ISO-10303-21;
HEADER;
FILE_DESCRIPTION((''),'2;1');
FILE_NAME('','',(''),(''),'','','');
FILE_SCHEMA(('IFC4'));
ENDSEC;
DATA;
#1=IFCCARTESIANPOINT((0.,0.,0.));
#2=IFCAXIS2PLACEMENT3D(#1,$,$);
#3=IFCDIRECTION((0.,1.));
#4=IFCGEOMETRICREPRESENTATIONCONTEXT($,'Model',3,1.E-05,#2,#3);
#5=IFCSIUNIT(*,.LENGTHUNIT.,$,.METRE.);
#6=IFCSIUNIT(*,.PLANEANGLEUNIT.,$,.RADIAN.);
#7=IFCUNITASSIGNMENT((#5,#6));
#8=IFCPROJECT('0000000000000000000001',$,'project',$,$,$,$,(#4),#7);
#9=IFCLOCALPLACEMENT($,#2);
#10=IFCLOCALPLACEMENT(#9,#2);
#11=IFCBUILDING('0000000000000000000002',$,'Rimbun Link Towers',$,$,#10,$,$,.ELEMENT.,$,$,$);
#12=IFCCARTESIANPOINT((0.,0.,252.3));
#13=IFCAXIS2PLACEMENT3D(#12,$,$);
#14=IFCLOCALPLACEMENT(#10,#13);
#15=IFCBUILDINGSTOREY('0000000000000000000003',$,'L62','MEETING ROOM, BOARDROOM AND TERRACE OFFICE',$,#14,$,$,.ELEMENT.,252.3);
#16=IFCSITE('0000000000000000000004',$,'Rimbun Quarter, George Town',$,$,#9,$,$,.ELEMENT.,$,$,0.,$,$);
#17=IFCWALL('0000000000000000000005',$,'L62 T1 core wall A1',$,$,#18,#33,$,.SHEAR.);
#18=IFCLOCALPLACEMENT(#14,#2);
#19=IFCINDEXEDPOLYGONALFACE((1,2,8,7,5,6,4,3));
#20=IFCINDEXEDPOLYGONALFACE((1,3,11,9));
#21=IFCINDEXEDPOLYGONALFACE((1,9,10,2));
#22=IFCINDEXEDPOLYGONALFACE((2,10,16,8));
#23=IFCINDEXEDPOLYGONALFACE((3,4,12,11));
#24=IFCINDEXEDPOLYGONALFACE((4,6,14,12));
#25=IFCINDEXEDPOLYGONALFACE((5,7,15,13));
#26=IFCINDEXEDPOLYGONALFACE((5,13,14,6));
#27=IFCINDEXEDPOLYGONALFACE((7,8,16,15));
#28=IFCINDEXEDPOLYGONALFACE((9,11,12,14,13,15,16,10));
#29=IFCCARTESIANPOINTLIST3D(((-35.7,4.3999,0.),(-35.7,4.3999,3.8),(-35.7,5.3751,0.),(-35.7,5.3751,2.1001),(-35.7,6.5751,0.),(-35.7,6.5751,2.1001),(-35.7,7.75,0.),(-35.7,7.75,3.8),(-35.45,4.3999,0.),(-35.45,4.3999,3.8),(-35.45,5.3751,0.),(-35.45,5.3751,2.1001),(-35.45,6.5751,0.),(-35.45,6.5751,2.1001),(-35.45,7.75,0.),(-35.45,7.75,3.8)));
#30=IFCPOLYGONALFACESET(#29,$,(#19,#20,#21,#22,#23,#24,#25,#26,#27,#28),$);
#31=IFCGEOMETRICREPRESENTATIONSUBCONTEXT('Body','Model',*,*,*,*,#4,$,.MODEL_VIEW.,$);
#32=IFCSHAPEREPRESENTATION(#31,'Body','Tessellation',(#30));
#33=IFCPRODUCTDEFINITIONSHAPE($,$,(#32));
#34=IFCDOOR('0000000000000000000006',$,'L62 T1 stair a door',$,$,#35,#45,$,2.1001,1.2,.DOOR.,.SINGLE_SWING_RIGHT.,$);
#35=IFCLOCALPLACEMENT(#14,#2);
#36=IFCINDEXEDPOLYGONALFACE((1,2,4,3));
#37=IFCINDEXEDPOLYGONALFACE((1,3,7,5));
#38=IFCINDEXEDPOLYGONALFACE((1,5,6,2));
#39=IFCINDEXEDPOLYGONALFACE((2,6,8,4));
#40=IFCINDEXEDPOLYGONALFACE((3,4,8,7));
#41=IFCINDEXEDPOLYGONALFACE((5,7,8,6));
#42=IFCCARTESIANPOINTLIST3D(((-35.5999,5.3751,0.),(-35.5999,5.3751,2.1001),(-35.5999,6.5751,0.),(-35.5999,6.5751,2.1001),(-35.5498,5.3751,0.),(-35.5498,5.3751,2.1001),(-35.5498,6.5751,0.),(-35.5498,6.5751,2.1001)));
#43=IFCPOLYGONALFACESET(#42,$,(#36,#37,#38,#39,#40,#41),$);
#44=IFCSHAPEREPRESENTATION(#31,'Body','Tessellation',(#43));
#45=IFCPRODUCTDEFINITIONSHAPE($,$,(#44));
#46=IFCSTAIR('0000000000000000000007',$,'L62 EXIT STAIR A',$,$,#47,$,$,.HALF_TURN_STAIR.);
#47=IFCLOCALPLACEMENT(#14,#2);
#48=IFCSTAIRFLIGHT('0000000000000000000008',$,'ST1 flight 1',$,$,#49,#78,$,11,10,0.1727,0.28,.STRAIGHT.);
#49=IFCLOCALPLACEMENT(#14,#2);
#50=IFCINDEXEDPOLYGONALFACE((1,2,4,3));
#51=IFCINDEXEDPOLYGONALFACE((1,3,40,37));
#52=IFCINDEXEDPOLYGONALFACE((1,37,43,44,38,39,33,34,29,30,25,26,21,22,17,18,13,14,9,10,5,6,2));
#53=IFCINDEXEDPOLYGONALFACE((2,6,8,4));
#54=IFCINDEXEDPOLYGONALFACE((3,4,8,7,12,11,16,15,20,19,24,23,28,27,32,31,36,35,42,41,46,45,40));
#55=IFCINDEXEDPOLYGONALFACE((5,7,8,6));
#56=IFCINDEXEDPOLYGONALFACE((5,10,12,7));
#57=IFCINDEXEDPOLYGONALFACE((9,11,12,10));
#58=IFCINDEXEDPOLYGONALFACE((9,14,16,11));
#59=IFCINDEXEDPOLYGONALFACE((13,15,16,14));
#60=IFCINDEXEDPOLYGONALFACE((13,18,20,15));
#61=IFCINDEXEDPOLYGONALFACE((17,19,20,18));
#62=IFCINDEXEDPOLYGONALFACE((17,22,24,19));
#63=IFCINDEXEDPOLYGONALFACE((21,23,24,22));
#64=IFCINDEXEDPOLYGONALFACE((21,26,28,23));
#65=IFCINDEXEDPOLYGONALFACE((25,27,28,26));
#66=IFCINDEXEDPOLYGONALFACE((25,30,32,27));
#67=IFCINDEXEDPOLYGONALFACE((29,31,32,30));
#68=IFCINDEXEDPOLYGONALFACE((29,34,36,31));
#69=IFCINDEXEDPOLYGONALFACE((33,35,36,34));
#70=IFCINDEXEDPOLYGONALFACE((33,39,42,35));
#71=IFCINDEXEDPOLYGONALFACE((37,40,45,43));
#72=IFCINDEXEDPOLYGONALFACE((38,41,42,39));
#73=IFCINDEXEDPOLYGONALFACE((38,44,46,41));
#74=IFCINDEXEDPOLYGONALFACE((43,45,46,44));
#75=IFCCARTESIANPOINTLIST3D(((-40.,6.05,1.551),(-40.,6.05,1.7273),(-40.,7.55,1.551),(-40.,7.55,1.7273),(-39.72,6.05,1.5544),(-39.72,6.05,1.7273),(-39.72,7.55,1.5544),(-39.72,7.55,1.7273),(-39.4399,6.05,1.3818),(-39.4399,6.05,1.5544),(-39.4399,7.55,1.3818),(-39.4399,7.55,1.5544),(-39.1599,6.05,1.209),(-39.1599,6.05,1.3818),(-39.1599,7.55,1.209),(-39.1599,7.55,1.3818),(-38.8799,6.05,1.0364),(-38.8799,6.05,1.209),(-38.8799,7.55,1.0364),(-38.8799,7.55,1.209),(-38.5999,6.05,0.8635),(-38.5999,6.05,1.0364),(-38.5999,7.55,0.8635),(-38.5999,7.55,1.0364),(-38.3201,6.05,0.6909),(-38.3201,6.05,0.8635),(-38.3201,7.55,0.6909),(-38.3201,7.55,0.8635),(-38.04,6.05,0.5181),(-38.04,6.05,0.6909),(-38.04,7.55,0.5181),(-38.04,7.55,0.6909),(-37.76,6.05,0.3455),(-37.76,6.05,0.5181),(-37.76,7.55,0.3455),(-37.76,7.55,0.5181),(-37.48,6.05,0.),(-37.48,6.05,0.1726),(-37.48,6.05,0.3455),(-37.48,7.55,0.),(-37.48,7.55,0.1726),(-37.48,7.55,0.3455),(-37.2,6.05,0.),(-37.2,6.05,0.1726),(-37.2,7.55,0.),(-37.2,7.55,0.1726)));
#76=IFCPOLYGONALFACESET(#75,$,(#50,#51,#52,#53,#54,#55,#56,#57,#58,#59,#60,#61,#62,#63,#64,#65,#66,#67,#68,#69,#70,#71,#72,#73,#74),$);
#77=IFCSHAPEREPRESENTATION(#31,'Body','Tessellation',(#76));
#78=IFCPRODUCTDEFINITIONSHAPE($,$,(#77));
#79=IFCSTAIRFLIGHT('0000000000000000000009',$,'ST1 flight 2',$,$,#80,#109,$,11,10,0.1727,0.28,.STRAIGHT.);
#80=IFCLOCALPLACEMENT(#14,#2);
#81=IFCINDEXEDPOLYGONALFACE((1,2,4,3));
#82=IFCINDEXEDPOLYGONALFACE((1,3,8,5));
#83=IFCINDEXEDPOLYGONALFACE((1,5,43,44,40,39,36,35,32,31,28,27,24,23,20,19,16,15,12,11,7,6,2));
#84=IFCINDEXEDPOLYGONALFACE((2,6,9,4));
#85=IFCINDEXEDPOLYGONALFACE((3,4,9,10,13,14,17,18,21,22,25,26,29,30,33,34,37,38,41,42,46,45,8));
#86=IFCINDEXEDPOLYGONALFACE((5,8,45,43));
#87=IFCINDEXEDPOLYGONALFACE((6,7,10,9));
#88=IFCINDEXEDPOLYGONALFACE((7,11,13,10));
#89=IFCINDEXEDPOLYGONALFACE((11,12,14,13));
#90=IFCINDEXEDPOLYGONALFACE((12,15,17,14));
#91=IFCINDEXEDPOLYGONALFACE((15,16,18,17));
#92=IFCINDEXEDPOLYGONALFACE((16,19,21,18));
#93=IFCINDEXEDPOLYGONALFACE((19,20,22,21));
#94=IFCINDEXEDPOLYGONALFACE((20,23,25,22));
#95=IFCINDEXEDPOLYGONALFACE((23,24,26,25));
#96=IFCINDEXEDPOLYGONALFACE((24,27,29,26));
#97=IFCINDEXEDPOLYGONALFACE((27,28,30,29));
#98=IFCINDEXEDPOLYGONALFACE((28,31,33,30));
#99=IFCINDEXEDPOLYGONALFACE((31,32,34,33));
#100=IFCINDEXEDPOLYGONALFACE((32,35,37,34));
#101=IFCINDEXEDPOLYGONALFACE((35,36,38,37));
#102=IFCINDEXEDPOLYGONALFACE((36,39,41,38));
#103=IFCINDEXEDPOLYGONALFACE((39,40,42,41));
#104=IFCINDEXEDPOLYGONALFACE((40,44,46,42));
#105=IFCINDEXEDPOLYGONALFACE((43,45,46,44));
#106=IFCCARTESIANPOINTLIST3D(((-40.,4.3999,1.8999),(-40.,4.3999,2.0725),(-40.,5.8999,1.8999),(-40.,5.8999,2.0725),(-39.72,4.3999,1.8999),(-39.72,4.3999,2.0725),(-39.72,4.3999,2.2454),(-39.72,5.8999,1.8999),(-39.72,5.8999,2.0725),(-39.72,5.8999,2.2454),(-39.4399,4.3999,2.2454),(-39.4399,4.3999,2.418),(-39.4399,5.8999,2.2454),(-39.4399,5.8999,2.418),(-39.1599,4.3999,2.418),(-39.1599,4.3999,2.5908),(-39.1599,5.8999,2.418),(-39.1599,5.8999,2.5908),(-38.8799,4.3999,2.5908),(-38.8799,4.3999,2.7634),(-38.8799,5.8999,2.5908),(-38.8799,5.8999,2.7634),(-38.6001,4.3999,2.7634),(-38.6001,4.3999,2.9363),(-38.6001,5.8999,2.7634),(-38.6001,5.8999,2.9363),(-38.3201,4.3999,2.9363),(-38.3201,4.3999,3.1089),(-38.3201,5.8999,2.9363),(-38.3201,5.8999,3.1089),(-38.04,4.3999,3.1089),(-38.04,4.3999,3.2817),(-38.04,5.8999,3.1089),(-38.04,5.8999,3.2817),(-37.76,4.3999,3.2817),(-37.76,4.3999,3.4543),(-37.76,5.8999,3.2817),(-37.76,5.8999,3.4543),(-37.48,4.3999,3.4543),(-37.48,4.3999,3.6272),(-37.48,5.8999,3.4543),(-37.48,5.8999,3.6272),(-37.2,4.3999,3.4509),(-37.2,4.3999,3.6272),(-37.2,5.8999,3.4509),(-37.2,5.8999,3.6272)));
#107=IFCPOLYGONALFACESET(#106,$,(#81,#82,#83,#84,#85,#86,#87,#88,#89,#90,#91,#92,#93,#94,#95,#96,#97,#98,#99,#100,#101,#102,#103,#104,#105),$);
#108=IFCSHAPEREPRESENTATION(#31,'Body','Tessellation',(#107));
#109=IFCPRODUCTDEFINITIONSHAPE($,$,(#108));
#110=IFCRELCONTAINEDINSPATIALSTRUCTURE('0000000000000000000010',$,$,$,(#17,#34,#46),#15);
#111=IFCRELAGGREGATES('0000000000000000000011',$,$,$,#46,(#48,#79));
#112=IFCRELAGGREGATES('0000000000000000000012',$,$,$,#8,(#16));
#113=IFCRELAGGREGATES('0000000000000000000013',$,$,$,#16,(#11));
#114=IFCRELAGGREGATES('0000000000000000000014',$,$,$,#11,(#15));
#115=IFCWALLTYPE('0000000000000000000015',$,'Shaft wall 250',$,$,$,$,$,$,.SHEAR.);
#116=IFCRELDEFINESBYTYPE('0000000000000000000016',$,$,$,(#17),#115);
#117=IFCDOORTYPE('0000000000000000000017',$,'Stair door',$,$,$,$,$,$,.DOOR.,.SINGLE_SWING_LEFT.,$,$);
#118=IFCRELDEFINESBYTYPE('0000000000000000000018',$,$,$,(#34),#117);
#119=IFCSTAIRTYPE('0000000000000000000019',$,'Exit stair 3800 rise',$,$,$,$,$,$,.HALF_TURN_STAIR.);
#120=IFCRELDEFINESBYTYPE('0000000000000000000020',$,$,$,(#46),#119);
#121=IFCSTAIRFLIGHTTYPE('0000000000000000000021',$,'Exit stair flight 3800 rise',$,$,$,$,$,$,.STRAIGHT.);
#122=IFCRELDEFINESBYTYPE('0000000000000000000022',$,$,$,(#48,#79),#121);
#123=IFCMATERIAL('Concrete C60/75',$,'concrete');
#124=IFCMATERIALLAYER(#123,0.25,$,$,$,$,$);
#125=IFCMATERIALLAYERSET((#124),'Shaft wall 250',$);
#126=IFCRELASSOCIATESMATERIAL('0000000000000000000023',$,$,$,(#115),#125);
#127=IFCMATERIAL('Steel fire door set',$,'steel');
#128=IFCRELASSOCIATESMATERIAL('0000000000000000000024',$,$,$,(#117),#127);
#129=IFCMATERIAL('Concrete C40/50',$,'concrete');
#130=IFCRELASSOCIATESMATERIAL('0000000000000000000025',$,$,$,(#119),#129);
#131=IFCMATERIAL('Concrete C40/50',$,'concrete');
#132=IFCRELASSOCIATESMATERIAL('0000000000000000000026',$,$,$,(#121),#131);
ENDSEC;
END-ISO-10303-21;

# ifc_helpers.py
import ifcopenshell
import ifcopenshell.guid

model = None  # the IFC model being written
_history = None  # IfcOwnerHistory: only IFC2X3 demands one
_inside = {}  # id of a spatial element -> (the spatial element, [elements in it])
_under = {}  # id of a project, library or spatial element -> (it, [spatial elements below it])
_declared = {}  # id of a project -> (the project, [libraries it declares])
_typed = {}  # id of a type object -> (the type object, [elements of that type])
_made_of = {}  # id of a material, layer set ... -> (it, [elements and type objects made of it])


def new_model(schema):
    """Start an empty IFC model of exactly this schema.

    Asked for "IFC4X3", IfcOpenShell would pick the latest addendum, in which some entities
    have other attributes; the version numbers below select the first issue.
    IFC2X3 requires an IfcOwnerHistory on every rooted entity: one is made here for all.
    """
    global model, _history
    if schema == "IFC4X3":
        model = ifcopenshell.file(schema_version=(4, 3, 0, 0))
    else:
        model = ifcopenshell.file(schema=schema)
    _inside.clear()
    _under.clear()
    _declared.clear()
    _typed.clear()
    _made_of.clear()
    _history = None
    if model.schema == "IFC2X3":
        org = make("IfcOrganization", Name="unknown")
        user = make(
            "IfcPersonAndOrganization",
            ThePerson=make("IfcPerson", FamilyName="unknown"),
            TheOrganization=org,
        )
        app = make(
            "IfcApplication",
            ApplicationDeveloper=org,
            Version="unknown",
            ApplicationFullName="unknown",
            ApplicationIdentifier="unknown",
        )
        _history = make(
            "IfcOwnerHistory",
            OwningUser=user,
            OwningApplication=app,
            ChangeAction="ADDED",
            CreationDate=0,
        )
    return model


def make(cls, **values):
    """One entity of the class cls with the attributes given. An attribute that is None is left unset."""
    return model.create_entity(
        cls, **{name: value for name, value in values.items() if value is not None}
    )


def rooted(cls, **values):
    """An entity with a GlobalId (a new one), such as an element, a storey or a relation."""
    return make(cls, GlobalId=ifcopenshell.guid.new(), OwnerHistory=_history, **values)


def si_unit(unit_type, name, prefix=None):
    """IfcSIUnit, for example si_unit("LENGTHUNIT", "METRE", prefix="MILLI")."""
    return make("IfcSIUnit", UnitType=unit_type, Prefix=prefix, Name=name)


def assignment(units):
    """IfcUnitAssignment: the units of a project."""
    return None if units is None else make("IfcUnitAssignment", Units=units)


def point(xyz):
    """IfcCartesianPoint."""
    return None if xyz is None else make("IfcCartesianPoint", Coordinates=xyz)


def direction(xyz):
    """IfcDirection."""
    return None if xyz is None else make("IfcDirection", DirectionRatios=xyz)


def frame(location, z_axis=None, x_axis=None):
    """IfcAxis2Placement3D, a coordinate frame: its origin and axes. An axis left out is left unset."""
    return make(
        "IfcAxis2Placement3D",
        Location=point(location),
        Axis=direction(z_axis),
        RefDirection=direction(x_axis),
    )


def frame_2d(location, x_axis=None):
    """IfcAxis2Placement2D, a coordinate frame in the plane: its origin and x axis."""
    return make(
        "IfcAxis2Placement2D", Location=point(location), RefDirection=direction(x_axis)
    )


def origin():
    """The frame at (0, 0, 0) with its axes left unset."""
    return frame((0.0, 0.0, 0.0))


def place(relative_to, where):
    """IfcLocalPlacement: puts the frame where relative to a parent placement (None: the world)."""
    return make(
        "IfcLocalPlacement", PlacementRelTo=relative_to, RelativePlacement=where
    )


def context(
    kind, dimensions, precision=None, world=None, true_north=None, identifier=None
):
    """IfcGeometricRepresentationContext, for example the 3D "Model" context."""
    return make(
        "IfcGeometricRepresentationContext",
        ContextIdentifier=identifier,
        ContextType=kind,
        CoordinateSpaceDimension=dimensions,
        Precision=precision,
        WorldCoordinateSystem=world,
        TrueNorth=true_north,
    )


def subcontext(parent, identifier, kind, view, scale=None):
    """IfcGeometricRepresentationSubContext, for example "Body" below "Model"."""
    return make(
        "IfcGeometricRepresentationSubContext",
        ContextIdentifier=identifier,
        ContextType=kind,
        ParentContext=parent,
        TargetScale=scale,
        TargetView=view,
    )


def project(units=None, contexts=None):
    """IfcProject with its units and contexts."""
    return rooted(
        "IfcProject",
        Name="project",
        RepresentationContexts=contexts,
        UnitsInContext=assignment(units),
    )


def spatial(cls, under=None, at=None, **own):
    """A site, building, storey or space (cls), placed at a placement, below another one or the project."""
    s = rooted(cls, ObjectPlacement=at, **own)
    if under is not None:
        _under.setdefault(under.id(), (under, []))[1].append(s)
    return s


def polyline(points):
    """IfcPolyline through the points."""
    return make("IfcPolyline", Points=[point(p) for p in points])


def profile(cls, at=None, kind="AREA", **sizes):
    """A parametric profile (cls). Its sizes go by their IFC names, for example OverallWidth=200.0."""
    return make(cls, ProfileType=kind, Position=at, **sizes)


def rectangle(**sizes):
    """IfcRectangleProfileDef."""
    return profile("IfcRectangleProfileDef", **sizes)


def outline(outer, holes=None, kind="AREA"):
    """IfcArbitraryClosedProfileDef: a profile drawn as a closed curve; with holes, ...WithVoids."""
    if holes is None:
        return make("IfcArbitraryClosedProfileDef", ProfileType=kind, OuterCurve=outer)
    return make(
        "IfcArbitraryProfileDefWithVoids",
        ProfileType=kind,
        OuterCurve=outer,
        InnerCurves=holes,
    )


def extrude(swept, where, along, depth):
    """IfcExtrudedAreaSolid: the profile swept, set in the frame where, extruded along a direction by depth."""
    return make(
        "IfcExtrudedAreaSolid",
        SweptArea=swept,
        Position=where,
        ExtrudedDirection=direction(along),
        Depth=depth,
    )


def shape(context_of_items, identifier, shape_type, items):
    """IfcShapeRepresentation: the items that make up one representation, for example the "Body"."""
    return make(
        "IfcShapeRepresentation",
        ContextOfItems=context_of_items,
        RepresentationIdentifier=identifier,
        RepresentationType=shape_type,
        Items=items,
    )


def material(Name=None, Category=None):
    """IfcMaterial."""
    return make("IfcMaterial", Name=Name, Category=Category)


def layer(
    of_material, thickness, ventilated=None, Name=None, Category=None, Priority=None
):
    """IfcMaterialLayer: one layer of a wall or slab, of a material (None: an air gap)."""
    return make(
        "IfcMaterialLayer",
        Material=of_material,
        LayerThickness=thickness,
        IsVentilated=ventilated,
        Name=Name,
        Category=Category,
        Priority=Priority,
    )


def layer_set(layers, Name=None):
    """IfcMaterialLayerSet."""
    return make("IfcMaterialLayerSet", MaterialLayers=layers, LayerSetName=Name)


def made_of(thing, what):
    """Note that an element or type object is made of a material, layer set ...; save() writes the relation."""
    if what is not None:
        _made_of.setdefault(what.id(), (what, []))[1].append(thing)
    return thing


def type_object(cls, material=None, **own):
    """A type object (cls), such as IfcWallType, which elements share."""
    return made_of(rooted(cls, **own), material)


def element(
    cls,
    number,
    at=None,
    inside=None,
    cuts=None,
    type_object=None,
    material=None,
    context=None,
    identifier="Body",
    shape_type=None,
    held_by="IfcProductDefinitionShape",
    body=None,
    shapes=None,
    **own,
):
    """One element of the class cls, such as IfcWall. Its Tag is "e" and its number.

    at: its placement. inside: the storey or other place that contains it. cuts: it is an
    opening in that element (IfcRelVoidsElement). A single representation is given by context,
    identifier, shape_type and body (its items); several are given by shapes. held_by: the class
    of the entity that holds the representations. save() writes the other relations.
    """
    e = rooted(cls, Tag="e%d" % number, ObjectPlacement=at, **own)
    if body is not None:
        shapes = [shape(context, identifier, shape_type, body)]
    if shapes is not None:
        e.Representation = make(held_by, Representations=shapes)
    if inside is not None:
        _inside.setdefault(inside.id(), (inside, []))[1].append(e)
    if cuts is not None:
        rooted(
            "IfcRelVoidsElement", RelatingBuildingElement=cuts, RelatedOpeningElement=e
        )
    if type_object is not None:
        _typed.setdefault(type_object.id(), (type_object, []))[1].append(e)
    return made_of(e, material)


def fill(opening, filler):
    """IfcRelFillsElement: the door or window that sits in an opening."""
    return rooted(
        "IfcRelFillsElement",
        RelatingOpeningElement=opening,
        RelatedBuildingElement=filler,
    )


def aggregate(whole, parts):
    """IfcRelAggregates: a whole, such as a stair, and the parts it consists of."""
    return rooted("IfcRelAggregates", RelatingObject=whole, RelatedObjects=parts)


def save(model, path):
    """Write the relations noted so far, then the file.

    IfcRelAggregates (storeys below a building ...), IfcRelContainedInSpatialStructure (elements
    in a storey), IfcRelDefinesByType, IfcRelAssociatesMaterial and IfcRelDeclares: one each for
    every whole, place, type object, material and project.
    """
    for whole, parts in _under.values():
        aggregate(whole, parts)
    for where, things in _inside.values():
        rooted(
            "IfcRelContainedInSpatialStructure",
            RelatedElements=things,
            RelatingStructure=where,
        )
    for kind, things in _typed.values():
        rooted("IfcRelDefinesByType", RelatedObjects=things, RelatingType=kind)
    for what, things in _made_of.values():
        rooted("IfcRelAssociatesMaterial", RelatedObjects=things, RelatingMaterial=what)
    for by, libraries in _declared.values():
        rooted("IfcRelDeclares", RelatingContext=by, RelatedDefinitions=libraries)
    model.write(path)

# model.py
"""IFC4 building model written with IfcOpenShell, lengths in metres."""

from ifc_helpers import new_model, si_unit, direction, frame, frame_2d, origin, place, context, subcontext, project, spatial, polyline, rectangle, outline, extrude, material, layer, layer_set, type_object, element, fill, aggregate, save


model = new_model("IFC4")

# Units and contexts
model_context = context("Model", 3, precision=1e-05, world=origin(), true_north=direction((0.0, 1.0)))
body_context = subcontext(model_context, "Body", "Model", "MODEL_VIEW")
ifc_project = project(units=[si_unit("LENGTHUNIT", "METRE"), si_unit("PLANEANGLEUNIT", "RADIAN")], contexts=[model_context])

# Site, building, storey
site_placement = place(None, origin())
site = spatial("IfcSite", under=ifc_project, at=site_placement, Name="Rimbun Quarter, George Town", CompositionType="ELEMENT", RefElevation=0.0)
building_placement = place(site_placement, origin())
building = spatial("IfcBuilding", under=site, at=building_placement, Name="Rimbun Link Towers", CompositionType="ELEMENT")
storey_placement = place(building_placement, frame((0.0, 0.0, 252.3)))
storey = spatial("IfcBuildingStorey", under=building, at=storey_placement, Name="L62", Description="MEETING ROOM, BOARDROOM AND TERRACE OFFICE", CompositionType="ELEMENT", Elevation=252.3)

# Shared definitions
ifc_material_1 = material(Name="Concrete C60/75", Category="concrete")
ifc_layer = layer(ifc_material_1, 0.25)
ifc_layer_set = layer_set([ifc_layer], Name="Shaft wall 250")
wall_type = type_object("IfcWallType", Name="Shaft wall 250", PredefinedType="SHEAR", material=ifc_layer_set)

# Wall, opening, door
wall_1_placement = place(storey_placement, frame((-35.575, 4.3999, 0.0), z_axis=(0.0, 0.0, 1.0), x_axis=(0.0, 1.0, 0.0)))
wall_1 = element("IfcWall", 1, at=wall_1_placement, inside=storey, type_object=wall_type, Name="L62 T1 core wall A1", PredefinedType="SHEAR", context=body_context, shape_type="SweptSolid", body=[
    extrude(rectangle(XDim=3.3501, YDim=0.25, at=frame_2d((1.675, 0.0))), origin(), (0.0, 0.0, 1.0), 3.8),
])
opening_1_placement = place(wall_1_placement, frame((0.9751, 0.0, 0.0)))
opening_1 = element("IfcOpeningElement", 2, at=opening_1_placement, cuts=wall_1, PredefinedType="OPENING", context=body_context, shape_type="SweptSolid", body=[
    extrude(rectangle(XDim=1.2, YDim=2.1001, at=frame_2d((0.6001, 1.05))), frame((0.0, 0.135, 0.0), z_axis=(0.0, -1.0, 0.0), x_axis=(1.0, 0.0, 0.0)), (0.0, 0.0, 1.0), 0.27),
])
ifc_material_2 = material(Name="Steel fire door set", Category="steel")
door_type_1 = type_object("IfcDoorType", Name="Stair door", OperationType="SINGLE_SWING_LEFT", PredefinedType="DOOR", material=ifc_material_2)
door_1_placement = place(opening_1_placement, origin())
door_1 = element("IfcDoor", 3, at=door_1_placement, inside=storey, type_object=door_type_1, Name="L62 T1 stair a door", OperationType="SINGLE_SWING_RIGHT", OverallHeight=2.1001, OverallWidth=1.2, PredefinedType="DOOR", context=body_context, shape_type="SweptSolid", body=[
    extrude(rectangle(XDim=1.2, YDim=2.1001, at=frame_2d((0.6001, 1.05))), frame((0.0, 0.0249, 0.0), z_axis=(0.0, -1.0, 0.0), x_axis=(1.0, 0.0, 0.0)), (0.0, 0.0, 1.0), 0.05),
])
fill(opening_1, door_1)

# Stair, stair flights
ifc_material_3 = material(Name="Concrete C40/50", Category="concrete")
stair_type = type_object("IfcStairType", Name="Exit stair 3800 rise", PredefinedType="HALF_TURN_STAIR", material=ifc_material_3)
stair_placement = place(storey_placement, origin())
stair = element("IfcStair", 4, at=stair_placement, inside=storey, type_object=stair_type, Name="L62 EXIT STAIR A", PredefinedType="HALF_TURN_STAIR")
ifc_material_4 = material(Name="Concrete C40/50", Category="concrete")
stair_flight_type = type_object("IfcStairFlightType", Name="Exit stair flight 3800 rise", PredefinedType="STRAIGHT", material=ifc_material_4)
stair_flight_1_placement = place(storey_placement, frame((-37.2, 6.8, 0.0), z_axis=(0.0, 0.0, 1.0), x_axis=(-1.0, 0.0, 0.0)))
stair_flight_1 = element("IfcStairFlight", 5, at=stair_flight_1_placement, type_object=stair_flight_type, Name="ST1 flight 1", NumberOfRisers=11, NumberOfTreads=10, PredefinedType="STRAIGHT", RiserHeight=0.1727, TreadLength=0.28, context=body_context, shape_type="SweptSolid", body=[
    extrude(outline(polyline([(0.0, 0.0), (0.0, 0.1726), (0.28, 0.1726), (0.28, 0.3455), (0.5601, 0.3455), (0.5601, 0.5181), (0.8401, 0.5181), (0.8401, 0.6909), (1.1201, 0.6909), (1.1201, 0.8635), (1.3999, 0.8635), (1.3999, 1.0364), (1.6799, 1.0364), (1.6799, 1.209), (1.96, 1.209), (1.96, 1.3818), (2.24, 1.3818), (2.24, 1.5544), (2.52, 1.5544), (2.52, 1.7273), (2.8, 1.7273), (2.8, 1.8999), (2.8, 1.551), (0.28, 0.0), (0.0, 0.0)])), frame((0.0, 0.75, 0.0), z_axis=(0.0, -1.0, 0.0), x_axis=(1.0, 0.0, 0.0)), (0.0, 0.0, 1.0), 1.5),
])
stair_flight_2_placement = place(storey_placement, frame((-40.0, 5.1499, 1.8999), z_axis=(0.0, 0.0, 1.0), x_axis=(1.0, 0.0, 0.0)))
stair_flight_2 = element("IfcStairFlight", 6, at=stair_flight_2_placement, type_object=stair_flight_type, Name="ST1 flight 2", NumberOfRisers=11, NumberOfTreads=10, PredefinedType="STRAIGHT", RiserHeight=0.1727, TreadLength=0.28, context=body_context, shape_type="SweptSolid", body=[
    extrude(outline(polyline([(0.0, 0.0), (0.0, 0.1726), (0.28, 0.1726), (0.28, 0.3455), (0.5601, 0.3455), (0.5601, 0.5181), (0.8401, 0.5181), (0.8401, 0.6909), (1.1201, 0.6909), (1.1201, 0.8635), (1.3999, 0.8635), (1.3999, 1.0364), (1.6799, 1.0364), (1.6799, 1.209), (1.96, 1.209), (1.96, 1.3818), (2.24, 1.3818), (2.24, 1.5544), (2.52, 1.5544), (2.52, 1.7273), (2.8, 1.7273), (2.8, 1.8999), (2.8, 1.551), (0.28, 0.0), (0.0, 0.0)])), frame((0.0, 0.75, 0.0), z_axis=(0.0, -1.0, 0.0), x_axis=(1.0, 0.0, 0.0)), (0.0, 0.0, 1.0), 1.5),
])
aggregate(stair, [stair_flight_1, stair_flight_2])

save(model, "model.ifc")
